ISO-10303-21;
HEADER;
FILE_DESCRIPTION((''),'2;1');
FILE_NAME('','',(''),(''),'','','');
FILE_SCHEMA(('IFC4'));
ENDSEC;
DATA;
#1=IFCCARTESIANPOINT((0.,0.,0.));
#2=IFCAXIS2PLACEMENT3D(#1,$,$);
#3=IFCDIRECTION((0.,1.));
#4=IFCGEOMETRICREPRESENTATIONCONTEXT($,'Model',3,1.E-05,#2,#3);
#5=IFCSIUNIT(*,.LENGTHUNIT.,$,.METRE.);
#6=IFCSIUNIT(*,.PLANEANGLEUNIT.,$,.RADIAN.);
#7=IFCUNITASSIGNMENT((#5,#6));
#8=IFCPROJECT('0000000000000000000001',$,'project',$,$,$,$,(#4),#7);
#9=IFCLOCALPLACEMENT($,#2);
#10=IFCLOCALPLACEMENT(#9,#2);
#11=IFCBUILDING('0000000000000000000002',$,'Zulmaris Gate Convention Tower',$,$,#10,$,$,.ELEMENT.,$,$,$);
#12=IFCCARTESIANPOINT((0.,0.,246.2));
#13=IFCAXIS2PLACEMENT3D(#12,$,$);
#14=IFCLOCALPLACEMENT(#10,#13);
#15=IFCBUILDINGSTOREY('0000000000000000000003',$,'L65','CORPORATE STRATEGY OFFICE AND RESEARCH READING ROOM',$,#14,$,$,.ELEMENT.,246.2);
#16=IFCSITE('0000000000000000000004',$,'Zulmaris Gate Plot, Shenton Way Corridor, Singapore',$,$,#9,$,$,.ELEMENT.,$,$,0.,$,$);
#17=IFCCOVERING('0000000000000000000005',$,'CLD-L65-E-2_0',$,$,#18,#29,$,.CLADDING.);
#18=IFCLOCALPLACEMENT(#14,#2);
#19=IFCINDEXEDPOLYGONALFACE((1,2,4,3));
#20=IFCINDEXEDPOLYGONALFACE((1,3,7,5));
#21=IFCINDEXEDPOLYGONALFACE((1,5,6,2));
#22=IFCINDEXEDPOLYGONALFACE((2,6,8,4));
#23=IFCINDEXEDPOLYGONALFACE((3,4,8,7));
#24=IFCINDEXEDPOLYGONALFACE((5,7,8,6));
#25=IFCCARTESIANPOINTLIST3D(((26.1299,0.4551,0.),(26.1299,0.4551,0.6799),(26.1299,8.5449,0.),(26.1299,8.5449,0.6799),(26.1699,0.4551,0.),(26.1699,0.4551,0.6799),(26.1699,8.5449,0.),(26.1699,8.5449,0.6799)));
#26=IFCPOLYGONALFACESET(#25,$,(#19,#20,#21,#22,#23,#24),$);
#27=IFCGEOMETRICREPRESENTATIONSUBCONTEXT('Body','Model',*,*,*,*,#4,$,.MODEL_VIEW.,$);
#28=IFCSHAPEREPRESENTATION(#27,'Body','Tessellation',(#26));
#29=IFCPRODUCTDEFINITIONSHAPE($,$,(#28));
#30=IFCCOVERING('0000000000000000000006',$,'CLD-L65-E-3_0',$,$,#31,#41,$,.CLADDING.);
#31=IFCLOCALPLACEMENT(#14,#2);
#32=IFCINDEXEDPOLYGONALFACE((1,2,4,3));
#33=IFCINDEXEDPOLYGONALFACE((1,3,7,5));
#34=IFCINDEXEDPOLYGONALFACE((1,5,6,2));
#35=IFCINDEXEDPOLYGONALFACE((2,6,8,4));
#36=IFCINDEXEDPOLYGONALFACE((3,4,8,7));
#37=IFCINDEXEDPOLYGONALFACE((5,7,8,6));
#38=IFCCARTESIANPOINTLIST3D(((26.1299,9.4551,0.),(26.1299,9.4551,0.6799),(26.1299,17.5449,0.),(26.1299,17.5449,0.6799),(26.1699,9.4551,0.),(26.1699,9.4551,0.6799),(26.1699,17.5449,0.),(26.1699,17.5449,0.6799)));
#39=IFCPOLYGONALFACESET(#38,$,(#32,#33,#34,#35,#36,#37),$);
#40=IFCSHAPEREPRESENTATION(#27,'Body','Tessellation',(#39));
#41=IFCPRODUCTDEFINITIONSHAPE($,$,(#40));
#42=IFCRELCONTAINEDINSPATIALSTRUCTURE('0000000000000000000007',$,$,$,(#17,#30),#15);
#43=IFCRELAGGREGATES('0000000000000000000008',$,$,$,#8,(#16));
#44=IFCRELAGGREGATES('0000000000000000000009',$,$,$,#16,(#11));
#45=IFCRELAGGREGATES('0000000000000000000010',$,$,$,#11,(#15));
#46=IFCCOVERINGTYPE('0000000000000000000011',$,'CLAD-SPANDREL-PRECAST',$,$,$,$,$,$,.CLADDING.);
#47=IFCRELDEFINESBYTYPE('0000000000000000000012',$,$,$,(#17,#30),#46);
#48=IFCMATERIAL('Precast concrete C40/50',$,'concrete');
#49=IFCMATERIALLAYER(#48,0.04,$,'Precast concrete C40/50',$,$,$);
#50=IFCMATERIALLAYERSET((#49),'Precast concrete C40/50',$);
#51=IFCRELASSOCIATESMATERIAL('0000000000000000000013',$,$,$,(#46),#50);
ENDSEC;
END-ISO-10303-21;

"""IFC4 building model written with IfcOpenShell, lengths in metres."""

from ifc_helpers import new_model, si_unit, direction, frame, frame_2d, origin, place, context, subcontext, project, spatial, rectangle, extrude, material, layer, layer_set, type_object, element, save


model = new_model("IFC4")

# Units and contexts
model_context = context("Model", 3, precision=1e-05, world=origin(), true_north=direction((0.0, 1.0)))
body_context = subcontext(model_context, "Body", "Model", "MODEL_VIEW")
ifc_project = project(units=[si_unit("LENGTHUNIT", "METRE"), si_unit("PLANEANGLEUNIT", "RADIAN")], contexts=[model_context])

# Site, building, storey
site_placement = place(None, origin())
site = spatial("IfcSite", under=ifc_project, at=site_placement, Name="Zulmaris Gate Plot, Shenton Way Corridor, Singapore", CompositionType="ELEMENT", RefElevation=0.0)
building_placement = place(site_placement, origin())
building = spatial("IfcBuilding", under=site, at=building_placement, Name="Zulmaris Gate Convention Tower", CompositionType="ELEMENT")
storey_placement = place(building_placement, frame((0.0, 0.0, 246.2)))
storey = spatial("IfcBuildingStorey", under=building, at=storey_placement, Name="L65", Description="CORPORATE STRATEGY OFFICE AND RESEARCH READING ROOM", CompositionType="ELEMENT", Elevation=246.2)

# Shared definitions
ifc_material_1 = material(Name="Precast concrete C40/50", Category="concrete")

# Coverings
ifc_layer_1 = layer(ifc_material_1, 0.04, Name="Precast concrete C40/50")
ifc_layer_set_1 = layer_set([ifc_layer_1], Name="Precast concrete C40/50")
covering_type = type_object("IfcCoveringType", Name="CLAD-SPANDREL-PRECAST", PredefinedType="CLADDING", material=ifc_layer_set_1)
for number, where, z_axis, x_axis, name in (
    (1, (26.1499, 0.4551, 0.0), (0.0, 0.0, 1.0), (0.0, 1.0, 0.0), "CLD-L65-E-2_0"),
    (2, (26.1499, 9.4551, 0.0), (0.0, 0.0, 1.0), (0.0, 1.0, 0.0), "CLD-L65-E-3_0"),
):
    element("IfcCovering", number, at=place(storey_placement, frame(where, z_axis=z_axis, x_axis=x_axis)), inside=storey, type_object=covering_type, Name=name, PredefinedType="CLADDING", context=body_context, shape_type="SweptSolid", body=[
        extrude(rectangle(XDim=8.0898, YDim=0.04, at=frame_2d((4.0449, 0.0))), origin(), (0.0, 0.0, 1.0), 0.6799),
    ])

save(model, "model.ifc")
